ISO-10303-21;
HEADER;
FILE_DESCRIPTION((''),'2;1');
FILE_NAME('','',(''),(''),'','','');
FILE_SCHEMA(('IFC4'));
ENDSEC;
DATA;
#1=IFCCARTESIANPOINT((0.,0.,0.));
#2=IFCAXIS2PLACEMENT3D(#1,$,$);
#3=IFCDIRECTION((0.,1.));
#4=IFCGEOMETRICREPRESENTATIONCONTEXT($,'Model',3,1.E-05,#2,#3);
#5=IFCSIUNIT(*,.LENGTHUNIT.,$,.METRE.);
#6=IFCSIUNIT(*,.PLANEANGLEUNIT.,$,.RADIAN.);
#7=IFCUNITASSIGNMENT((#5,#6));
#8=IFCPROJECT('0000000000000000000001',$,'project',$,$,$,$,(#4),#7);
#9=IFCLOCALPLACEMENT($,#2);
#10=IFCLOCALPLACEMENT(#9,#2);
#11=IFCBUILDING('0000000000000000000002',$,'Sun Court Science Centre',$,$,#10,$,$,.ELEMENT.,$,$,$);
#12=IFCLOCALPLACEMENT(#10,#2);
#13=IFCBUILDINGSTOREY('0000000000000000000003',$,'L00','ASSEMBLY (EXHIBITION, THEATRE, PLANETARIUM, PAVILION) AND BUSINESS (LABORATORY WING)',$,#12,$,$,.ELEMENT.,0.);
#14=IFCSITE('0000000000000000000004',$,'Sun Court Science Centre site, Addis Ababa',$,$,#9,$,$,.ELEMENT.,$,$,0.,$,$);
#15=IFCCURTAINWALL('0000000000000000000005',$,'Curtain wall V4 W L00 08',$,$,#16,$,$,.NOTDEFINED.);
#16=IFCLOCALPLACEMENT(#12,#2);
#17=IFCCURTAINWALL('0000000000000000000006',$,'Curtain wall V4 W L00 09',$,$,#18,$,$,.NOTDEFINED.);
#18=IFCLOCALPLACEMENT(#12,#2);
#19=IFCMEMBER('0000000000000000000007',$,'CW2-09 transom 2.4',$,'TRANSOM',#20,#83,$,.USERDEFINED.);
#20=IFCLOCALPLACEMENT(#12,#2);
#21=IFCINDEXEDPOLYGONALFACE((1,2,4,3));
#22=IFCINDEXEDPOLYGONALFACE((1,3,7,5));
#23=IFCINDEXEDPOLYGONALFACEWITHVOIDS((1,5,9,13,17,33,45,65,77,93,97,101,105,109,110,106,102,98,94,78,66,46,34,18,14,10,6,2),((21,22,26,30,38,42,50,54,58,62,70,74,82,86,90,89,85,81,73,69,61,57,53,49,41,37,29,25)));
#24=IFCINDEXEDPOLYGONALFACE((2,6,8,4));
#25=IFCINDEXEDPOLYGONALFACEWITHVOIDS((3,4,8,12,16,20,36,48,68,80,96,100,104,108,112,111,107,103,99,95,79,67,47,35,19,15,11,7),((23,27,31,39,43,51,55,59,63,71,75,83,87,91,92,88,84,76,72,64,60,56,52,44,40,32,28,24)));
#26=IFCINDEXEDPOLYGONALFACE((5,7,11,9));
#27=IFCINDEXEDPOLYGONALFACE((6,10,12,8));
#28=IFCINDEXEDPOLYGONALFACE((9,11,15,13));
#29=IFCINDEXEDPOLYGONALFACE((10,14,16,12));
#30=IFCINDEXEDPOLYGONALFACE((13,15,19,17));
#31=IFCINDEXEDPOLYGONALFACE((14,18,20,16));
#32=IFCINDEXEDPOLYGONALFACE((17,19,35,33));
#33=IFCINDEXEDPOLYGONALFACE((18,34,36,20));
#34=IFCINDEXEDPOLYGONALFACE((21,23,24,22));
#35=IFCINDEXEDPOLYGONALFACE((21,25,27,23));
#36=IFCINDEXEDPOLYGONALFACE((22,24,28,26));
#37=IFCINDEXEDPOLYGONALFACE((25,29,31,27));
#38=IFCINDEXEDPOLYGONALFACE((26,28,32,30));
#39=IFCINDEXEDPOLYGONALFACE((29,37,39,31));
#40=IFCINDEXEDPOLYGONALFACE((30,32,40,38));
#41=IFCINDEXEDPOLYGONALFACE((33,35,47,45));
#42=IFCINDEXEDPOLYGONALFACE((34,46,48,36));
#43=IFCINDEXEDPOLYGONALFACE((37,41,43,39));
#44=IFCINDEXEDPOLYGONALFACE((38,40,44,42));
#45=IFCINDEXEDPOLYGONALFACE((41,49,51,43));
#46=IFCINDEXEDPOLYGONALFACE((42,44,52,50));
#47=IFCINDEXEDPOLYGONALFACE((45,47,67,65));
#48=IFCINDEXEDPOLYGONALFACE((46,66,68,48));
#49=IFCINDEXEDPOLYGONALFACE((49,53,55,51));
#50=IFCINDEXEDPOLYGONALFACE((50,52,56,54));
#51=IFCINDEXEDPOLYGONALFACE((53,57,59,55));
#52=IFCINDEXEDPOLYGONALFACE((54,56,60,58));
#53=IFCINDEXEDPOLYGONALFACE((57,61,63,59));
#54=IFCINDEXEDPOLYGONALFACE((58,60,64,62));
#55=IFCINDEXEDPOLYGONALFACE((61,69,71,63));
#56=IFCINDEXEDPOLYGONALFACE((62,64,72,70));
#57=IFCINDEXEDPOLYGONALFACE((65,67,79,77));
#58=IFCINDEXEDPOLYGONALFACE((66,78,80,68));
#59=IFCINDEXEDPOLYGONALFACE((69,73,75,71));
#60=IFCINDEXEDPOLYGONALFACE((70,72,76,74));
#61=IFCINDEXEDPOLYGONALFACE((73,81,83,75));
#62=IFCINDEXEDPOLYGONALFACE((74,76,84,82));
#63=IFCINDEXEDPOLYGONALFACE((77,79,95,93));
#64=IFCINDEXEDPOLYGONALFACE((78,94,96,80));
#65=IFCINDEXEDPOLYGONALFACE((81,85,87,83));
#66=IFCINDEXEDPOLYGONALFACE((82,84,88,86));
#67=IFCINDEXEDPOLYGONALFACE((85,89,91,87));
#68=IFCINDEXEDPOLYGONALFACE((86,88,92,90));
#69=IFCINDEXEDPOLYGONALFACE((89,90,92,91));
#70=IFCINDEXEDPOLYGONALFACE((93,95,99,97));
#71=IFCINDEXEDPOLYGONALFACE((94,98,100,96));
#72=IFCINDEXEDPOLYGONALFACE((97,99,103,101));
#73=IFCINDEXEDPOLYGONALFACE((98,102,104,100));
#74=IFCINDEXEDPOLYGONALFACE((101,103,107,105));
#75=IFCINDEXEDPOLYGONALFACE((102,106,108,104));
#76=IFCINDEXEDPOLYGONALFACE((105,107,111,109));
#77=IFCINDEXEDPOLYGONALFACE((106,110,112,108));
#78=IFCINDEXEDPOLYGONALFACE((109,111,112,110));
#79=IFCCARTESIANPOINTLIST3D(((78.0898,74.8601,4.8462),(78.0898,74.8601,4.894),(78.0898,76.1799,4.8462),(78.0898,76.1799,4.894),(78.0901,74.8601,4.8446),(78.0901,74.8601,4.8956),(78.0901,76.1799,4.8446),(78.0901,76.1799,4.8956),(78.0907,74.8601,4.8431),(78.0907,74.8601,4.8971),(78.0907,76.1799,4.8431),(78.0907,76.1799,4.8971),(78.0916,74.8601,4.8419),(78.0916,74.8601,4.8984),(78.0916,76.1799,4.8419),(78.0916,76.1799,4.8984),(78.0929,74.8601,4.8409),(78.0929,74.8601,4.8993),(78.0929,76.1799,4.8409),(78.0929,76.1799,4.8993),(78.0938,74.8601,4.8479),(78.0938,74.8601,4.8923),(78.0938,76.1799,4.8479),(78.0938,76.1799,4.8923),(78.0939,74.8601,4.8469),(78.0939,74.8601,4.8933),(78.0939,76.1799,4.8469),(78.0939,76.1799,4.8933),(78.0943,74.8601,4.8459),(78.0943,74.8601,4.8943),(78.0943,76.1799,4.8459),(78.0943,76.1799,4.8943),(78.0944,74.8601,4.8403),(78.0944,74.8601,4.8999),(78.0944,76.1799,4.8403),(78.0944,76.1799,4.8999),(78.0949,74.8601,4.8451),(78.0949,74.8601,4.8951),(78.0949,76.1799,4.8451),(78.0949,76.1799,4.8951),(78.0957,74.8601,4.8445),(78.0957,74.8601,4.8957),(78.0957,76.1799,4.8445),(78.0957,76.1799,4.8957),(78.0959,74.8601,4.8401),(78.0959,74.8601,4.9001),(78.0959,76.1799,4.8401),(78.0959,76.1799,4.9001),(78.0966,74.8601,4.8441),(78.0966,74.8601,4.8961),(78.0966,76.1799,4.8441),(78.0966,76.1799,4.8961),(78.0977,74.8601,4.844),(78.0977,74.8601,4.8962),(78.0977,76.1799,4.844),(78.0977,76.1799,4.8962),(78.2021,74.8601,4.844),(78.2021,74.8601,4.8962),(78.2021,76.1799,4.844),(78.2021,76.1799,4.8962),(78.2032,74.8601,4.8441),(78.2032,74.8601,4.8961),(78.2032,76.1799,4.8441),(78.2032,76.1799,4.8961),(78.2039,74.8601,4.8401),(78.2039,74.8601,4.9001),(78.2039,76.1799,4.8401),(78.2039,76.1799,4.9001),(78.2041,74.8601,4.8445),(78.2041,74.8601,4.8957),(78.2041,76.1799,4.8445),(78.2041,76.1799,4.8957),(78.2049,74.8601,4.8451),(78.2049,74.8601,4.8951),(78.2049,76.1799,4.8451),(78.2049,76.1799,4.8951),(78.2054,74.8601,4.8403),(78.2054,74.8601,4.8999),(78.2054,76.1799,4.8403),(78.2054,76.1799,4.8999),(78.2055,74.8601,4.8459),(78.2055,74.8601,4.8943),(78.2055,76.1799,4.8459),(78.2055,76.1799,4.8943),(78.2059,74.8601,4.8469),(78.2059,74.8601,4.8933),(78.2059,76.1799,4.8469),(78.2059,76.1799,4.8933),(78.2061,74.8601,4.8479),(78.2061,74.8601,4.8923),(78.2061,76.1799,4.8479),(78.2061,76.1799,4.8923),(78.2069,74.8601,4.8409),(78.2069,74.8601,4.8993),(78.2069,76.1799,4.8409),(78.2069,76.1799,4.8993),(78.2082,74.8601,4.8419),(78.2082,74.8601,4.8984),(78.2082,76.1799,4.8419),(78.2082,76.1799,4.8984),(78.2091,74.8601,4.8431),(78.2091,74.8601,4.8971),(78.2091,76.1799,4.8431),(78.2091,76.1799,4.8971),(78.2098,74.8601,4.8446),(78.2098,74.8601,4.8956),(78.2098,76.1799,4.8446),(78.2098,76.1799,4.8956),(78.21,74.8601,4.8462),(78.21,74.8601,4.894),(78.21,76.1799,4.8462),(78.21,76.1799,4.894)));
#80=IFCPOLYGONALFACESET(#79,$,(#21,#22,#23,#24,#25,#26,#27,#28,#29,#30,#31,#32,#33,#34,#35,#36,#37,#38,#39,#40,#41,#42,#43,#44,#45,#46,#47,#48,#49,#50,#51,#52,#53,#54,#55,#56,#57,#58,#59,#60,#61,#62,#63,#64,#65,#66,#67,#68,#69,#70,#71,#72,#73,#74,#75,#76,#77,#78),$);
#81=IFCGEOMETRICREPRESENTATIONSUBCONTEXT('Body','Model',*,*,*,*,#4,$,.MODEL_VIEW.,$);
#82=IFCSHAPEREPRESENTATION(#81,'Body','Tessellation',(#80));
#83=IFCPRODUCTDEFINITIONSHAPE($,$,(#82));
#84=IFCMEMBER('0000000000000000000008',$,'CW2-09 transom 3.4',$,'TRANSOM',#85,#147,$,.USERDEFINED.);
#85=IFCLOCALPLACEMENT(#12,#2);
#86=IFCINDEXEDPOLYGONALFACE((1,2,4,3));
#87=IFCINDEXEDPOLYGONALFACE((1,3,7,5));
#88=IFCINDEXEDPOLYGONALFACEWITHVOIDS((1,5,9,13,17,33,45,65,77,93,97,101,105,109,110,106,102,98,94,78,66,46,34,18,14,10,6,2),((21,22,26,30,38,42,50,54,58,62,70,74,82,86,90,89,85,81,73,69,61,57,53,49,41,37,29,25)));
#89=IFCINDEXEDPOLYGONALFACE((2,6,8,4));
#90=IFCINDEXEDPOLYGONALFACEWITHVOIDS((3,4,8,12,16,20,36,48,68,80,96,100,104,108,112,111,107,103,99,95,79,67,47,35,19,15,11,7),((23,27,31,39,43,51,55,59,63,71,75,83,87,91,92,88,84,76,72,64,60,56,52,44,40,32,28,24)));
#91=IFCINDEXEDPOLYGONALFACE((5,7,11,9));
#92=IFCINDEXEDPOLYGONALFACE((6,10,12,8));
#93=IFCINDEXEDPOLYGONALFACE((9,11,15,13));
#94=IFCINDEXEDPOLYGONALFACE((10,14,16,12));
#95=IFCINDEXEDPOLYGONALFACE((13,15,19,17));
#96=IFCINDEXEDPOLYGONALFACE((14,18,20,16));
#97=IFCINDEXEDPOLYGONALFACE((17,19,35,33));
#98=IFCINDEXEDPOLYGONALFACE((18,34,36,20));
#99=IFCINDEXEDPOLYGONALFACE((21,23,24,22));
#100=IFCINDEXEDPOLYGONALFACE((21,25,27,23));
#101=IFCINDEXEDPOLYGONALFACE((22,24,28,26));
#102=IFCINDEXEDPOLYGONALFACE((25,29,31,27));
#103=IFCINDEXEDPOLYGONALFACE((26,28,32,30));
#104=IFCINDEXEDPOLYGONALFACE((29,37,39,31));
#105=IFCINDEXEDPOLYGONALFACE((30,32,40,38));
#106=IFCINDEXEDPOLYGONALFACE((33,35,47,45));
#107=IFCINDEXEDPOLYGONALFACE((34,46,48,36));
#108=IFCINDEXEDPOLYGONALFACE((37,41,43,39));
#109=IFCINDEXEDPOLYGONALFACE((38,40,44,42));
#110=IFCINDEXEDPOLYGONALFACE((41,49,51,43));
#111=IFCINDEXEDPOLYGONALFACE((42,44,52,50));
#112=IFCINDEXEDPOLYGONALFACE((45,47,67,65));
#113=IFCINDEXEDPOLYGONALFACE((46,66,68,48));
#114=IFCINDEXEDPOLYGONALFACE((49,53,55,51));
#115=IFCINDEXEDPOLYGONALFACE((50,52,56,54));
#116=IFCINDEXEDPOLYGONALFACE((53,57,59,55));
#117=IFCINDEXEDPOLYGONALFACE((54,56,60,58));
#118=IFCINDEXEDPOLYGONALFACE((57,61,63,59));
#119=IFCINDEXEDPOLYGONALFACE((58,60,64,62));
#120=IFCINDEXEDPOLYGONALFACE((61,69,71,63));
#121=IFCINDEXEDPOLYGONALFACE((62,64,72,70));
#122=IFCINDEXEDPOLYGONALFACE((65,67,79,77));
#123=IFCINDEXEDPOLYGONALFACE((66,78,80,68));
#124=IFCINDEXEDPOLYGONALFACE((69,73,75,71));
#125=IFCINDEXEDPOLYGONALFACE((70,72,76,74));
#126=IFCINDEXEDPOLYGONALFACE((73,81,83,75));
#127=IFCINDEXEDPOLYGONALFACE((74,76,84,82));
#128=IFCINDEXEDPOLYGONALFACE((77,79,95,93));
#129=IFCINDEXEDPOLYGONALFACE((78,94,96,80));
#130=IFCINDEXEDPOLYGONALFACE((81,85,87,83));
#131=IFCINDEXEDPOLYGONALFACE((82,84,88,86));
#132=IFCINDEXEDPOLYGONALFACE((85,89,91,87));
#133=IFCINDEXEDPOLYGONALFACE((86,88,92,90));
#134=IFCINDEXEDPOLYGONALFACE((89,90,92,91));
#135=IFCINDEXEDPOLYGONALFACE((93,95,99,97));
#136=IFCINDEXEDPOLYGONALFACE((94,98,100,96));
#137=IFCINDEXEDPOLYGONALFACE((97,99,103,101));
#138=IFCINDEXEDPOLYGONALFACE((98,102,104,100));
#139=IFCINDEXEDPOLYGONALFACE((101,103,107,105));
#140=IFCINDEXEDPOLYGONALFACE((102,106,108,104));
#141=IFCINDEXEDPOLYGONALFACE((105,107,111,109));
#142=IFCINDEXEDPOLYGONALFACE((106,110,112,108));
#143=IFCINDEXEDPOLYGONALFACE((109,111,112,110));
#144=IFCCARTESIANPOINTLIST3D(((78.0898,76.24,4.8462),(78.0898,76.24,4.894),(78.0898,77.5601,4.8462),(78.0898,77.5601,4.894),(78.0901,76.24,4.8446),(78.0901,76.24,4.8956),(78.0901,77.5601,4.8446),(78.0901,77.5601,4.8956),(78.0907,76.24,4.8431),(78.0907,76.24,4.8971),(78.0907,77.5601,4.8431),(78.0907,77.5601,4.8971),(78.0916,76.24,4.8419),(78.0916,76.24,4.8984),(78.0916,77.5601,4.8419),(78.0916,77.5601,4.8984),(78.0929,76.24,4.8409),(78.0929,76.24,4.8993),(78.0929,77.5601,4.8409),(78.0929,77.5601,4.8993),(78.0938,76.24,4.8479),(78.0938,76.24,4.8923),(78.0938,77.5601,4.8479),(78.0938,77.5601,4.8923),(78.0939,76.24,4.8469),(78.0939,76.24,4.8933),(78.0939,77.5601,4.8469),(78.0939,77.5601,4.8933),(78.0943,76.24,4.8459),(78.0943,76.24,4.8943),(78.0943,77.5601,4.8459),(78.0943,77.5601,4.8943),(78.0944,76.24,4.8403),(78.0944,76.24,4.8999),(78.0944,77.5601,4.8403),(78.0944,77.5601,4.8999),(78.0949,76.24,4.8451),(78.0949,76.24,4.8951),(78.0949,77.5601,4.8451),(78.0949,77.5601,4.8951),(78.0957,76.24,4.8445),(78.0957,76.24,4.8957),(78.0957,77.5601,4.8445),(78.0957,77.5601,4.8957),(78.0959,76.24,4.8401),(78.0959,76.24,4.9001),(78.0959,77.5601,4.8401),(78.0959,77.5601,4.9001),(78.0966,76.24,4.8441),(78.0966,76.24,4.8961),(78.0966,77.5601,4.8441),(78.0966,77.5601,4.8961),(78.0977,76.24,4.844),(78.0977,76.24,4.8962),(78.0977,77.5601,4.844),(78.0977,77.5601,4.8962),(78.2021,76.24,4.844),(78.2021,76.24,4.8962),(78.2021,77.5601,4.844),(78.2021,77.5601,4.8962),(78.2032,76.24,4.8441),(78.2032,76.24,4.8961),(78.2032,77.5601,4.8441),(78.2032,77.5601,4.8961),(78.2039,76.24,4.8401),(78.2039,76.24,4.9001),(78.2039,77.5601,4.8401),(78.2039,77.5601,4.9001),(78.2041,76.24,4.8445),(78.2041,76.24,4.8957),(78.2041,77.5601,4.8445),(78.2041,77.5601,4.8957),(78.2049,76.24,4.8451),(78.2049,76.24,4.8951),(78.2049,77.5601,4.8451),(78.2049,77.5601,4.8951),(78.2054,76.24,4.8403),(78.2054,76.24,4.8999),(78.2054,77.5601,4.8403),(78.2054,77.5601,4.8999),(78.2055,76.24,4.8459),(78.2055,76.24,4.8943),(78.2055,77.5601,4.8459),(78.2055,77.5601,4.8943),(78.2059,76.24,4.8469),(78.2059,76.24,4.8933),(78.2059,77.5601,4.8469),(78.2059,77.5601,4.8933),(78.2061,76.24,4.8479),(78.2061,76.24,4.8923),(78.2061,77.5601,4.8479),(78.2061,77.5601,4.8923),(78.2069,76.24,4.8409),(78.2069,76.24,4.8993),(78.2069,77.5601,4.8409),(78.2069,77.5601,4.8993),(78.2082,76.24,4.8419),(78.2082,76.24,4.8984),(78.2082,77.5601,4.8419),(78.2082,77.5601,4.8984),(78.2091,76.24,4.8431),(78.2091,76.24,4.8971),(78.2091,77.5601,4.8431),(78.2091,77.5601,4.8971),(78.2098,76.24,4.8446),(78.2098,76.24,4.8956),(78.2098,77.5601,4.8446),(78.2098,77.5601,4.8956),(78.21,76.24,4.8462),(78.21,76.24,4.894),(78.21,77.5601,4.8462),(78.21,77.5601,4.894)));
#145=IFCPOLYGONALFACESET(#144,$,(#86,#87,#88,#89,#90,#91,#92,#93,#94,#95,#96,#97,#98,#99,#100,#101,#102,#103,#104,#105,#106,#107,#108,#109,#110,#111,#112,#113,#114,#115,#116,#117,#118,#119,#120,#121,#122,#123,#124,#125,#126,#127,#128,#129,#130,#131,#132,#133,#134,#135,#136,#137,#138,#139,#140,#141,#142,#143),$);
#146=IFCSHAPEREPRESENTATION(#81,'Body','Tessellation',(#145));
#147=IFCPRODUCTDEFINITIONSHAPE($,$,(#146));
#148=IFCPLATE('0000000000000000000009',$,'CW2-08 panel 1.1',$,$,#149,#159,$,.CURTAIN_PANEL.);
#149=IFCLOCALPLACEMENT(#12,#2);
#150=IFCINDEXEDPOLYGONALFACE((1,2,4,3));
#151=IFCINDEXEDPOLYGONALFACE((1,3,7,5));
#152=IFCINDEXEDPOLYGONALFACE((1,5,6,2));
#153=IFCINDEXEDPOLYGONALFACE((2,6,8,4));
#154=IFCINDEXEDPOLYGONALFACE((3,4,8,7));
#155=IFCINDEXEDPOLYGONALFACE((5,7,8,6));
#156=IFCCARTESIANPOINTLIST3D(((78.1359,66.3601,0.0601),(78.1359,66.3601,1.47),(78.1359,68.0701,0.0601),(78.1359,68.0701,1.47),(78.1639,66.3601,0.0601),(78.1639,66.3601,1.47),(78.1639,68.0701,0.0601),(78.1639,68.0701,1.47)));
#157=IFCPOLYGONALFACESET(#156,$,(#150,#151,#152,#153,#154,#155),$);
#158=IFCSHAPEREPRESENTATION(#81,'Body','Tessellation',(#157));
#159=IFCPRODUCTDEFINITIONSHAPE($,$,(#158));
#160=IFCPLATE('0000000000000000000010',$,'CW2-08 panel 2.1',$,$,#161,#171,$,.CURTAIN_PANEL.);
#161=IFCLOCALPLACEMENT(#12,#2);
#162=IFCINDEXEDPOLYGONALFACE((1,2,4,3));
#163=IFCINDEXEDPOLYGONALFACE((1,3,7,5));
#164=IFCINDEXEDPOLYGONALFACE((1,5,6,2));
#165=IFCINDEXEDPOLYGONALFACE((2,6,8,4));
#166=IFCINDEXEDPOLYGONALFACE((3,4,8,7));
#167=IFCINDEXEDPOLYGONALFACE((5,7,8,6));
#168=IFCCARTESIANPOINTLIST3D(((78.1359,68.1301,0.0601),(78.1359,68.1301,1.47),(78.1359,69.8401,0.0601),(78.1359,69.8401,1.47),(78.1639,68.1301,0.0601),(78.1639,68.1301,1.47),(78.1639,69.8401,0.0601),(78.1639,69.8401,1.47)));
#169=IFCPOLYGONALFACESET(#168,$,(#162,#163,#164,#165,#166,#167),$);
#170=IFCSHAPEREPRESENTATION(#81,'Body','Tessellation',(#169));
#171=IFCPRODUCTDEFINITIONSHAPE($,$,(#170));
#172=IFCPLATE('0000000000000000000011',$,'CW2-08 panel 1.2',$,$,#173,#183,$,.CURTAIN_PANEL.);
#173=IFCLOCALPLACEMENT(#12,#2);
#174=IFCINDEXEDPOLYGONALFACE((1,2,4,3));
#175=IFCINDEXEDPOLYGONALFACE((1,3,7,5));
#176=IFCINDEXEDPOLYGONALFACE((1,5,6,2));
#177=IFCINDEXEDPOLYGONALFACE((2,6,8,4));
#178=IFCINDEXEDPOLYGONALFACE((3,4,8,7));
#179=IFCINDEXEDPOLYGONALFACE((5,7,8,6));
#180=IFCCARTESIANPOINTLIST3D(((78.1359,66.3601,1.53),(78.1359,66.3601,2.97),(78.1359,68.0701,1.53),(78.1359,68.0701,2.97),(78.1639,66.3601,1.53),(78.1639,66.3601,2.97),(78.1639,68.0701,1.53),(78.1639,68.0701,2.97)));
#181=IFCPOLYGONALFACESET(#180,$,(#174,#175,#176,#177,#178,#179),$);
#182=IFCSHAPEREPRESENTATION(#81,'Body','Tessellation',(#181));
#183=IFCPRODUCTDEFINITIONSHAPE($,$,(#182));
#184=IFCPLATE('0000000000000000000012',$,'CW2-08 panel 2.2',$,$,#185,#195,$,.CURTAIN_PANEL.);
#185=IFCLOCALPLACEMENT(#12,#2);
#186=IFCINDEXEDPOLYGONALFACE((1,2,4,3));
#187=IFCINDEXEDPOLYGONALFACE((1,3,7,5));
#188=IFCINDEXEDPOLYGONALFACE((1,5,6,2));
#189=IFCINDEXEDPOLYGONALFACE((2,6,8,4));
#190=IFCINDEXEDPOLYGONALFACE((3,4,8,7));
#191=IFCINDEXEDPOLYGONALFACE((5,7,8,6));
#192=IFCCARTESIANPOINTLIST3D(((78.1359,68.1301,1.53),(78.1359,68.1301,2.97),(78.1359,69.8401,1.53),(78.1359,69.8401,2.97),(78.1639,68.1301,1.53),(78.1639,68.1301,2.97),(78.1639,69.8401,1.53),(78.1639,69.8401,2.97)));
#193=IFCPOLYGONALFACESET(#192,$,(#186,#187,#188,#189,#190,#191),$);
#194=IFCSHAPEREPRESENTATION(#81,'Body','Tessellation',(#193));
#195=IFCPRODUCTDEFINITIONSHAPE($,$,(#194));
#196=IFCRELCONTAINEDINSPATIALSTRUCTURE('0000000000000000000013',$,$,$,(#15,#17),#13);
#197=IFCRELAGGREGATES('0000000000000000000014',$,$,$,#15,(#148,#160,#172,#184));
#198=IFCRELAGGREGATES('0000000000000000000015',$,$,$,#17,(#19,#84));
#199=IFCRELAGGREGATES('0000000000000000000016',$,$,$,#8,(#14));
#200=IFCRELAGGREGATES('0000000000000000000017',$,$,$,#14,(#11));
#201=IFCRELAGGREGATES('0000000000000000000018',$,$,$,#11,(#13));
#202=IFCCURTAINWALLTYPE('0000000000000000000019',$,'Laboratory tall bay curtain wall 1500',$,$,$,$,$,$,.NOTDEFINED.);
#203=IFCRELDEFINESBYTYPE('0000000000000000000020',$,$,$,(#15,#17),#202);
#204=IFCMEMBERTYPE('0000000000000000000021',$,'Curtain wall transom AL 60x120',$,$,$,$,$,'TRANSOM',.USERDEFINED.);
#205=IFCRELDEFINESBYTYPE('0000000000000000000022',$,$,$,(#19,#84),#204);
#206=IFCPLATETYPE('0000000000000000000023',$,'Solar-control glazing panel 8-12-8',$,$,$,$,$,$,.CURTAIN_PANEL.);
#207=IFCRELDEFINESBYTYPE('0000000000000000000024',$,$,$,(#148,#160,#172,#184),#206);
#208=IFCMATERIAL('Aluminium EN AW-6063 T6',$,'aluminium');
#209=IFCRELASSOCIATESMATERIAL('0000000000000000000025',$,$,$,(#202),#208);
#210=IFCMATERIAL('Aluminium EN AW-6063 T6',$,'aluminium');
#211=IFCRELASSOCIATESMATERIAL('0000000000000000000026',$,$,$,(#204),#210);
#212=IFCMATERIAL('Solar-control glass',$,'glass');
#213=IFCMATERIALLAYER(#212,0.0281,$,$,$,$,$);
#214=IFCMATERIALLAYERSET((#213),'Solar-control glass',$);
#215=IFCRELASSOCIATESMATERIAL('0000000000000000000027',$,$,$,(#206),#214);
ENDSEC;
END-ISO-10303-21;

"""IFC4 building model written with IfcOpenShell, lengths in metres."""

from ifc_helpers import new_model, si_unit, direction, frame, origin, origin_2d, place, context, subcontext, project, spatial, rectangle, hollow_rectangle, extrude, material, layer, layer_set, material_profile, profile_set, type_object, element, aggregate, save


model = new_model("IFC4")

# Units and contexts
model_context = context("Model", 3, precision=1e-05, world=origin(), true_north=direction((0.0, 1.0)))
body_context = subcontext(model_context, "Body", "Model", "MODEL_VIEW")
ifc_project = project(units=[si_unit("LENGTHUNIT", "METRE"), si_unit("PLANEANGLEUNIT", "RADIAN")], contexts=[model_context])

# Site, building, storey
site_placement = place(None, origin())
site = spatial("IfcSite", under=ifc_project, at=site_placement, Name="Sun Court Science Centre site, Addis Ababa", CompositionType="ELEMENT", RefElevation=0.0)
building_placement = place(site_placement, origin())
building = spatial("IfcBuilding", under=site, at=building_placement, Name="Sun Court Science Centre", CompositionType="ELEMENT")
storey_placement = place(building_placement, origin())
storey = spatial("IfcBuildingStorey", under=building, at=storey_placement, Name="L00", Description="ASSEMBLY (EXHIBITION, THEATRE, PLANETARIUM, PAVILION) AND BUSINESS (LABORATORY WING)", CompositionType="ELEMENT", Elevation=0.0)

# Curtain walls
ifc_material_1 = material(Name="Aluminium EN AW-6063 T6", Category="aluminium")
curtain_wall_type = type_object("IfcCurtainWallType", Name="Laboratory tall bay curtain wall 1500", PredefinedType="NOTDEFINED", material=ifc_material_1)
curtain_wall_1_placement = place(storey_placement, origin())
curtain_wall_1 = element("IfcCurtainWall", 1, at=curtain_wall_1_placement, inside=storey, type_object=curtain_wall_type, Name="Curtain wall V4 W L00 08", PredefinedType="NOTDEFINED")
curtain_wall_2_placement = place(storey_placement, origin())
curtain_wall_2 = element("IfcCurtainWall", 2, at=curtain_wall_2_placement, inside=storey, type_object=curtain_wall_type, Name="Curtain wall V4 W L00 09", PredefinedType="NOTDEFINED")

# Members
ifc_material_2 = material(Name="Aluminium EN AW-6063 T6", Category="aluminium")
ifc_material_profile_1 = material_profile(ifc_material_2, hollow_rectangle(XDim=0.0601, YDim=0.1201, WallThickness=0.0039, InnerFilletRadius=0.0039, OuterFilletRadius=0.0061, at=origin_2d()), Name="AL 60x120x4")
ifc_profile_set_1 = profile_set([ifc_material_profile_1], Name="Aluminium EN AW-6063 T6")
member_type_1 = type_object("IfcMemberType", Name="Curtain wall transom AL 60x120", ElementType="TRANSOM", PredefinedType="USERDEFINED", material=ifc_profile_set_1)
member_1_placement = place(storey_placement, frame((78.1499, 74.8601, 4.8701), z_axis=(0.0, 1.0, 0.0), x_axis=(0.0, 0.0, 1.0)))
member_1 = element("IfcMember", 3, at=member_1_placement, type_object=member_type_1, Name="CW2-09 transom 2.4", ObjectType="TRANSOM", PredefinedType="USERDEFINED", context=body_context, shape_type="SweptSolid", body=[
    extrude(hollow_rectangle(XDim=0.0601, YDim=0.1201, WallThickness=0.0039, InnerFilletRadius=0.0039, OuterFilletRadius=0.0061, at=origin_2d()), origin(), (0.0, 0.0, 1.0), 1.3198),
])
member_2_placement = place(storey_placement, frame((78.1499, 76.24, 4.8701), z_axis=(0.0, 1.0, 0.0), x_axis=(0.0, 0.0, 1.0)))
member_2 = element("IfcMember", 4, at=member_2_placement, type_object=member_type_1, Name="CW2-09 transom 3.4", ObjectType="TRANSOM", PredefinedType="USERDEFINED", context=body_context, shape_type="SweptSolid", body=[
    extrude(hollow_rectangle(XDim=0.0601, YDim=0.1201, WallThickness=0.0039, InnerFilletRadius=0.0039, OuterFilletRadius=0.0061, at=origin_2d()), origin(), (0.0, 0.0, 1.0), 1.3201),
])

# Plates
ifc_material_3 = material(Name="Solar-control glass", Category="glass")
ifc_layer_1 = layer(ifc_material_3, 0.0281)
ifc_layer_set_1 = layer_set([ifc_layer_1], Name="Solar-control glass")
plate_type = type_object("IfcPlateType", Name="Solar-control glazing panel 8-12-8", PredefinedType="CURTAIN_PANEL", material=ifc_layer_set_1)
plate_1_placement = place(storey_placement, frame((78.1499, 67.2151, 0.0601), z_axis=(0.0, 0.0, 1.0), x_axis=(0.0, 1.0, 0.0)))
plate_1 = element("IfcPlate", 5, at=plate_1_placement, type_object=plate_type, Name="CW2-08 panel 1.1", PredefinedType="CURTAIN_PANEL", context=body_context, shape_type="SweptSolid", body=[
    extrude(rectangle(XDim=1.71, YDim=0.0281, at=origin_2d()), origin(), (0.0, 0.0, 1.0), 1.4099),
])
plate_2_placement = place(storey_placement, frame((78.1499, 68.9851, 0.0601), z_axis=(0.0, 0.0, 1.0), x_axis=(0.0, 1.0, 0.0)))
plate_2 = element("IfcPlate", 6, at=plate_2_placement, type_object=plate_type, Name="CW2-08 panel 2.1", PredefinedType="CURTAIN_PANEL", context=body_context, shape_type="SweptSolid", body=[
    extrude(rectangle(XDim=1.71, YDim=0.0281, at=origin_2d()), origin(), (0.0, 0.0, 1.0), 1.4099),
])
plate_3_placement = place(storey_placement, frame((78.1499, 67.2151, 1.53), z_axis=(0.0, 0.0, 1.0), x_axis=(0.0, 1.0, 0.0)))
plate_3 = element("IfcPlate", 7, at=plate_3_placement, type_object=plate_type, Name="CW2-08 panel 1.2", PredefinedType="CURTAIN_PANEL", context=body_context, shape_type="SweptSolid", body=[
    extrude(rectangle(XDim=1.71, YDim=0.0281, at=origin_2d()), origin(), (0.0, 0.0, 1.0), 1.4399),
])
plate_4_placement = place(storey_placement, frame((78.1499, 68.9851, 1.53), z_axis=(0.0, 0.0, 1.0), x_axis=(0.0, 1.0, 0.0)))
plate_4 = element("IfcPlate", 8, at=plate_4_placement, type_object=plate_type, Name="CW2-08 panel 2.2", PredefinedType="CURTAIN_PANEL", context=body_context, shape_type="SweptSolid", body=[
    extrude(rectangle(XDim=1.71, YDim=0.0281, at=origin_2d()), origin(), (0.0, 0.0, 1.0), 1.4399),
])
aggregate(curtain_wall_1, [plate_1, plate_2, plate_3, plate_4])
aggregate(curtain_wall_2, [member_1, member_2])

save(model, "model.ifc")
